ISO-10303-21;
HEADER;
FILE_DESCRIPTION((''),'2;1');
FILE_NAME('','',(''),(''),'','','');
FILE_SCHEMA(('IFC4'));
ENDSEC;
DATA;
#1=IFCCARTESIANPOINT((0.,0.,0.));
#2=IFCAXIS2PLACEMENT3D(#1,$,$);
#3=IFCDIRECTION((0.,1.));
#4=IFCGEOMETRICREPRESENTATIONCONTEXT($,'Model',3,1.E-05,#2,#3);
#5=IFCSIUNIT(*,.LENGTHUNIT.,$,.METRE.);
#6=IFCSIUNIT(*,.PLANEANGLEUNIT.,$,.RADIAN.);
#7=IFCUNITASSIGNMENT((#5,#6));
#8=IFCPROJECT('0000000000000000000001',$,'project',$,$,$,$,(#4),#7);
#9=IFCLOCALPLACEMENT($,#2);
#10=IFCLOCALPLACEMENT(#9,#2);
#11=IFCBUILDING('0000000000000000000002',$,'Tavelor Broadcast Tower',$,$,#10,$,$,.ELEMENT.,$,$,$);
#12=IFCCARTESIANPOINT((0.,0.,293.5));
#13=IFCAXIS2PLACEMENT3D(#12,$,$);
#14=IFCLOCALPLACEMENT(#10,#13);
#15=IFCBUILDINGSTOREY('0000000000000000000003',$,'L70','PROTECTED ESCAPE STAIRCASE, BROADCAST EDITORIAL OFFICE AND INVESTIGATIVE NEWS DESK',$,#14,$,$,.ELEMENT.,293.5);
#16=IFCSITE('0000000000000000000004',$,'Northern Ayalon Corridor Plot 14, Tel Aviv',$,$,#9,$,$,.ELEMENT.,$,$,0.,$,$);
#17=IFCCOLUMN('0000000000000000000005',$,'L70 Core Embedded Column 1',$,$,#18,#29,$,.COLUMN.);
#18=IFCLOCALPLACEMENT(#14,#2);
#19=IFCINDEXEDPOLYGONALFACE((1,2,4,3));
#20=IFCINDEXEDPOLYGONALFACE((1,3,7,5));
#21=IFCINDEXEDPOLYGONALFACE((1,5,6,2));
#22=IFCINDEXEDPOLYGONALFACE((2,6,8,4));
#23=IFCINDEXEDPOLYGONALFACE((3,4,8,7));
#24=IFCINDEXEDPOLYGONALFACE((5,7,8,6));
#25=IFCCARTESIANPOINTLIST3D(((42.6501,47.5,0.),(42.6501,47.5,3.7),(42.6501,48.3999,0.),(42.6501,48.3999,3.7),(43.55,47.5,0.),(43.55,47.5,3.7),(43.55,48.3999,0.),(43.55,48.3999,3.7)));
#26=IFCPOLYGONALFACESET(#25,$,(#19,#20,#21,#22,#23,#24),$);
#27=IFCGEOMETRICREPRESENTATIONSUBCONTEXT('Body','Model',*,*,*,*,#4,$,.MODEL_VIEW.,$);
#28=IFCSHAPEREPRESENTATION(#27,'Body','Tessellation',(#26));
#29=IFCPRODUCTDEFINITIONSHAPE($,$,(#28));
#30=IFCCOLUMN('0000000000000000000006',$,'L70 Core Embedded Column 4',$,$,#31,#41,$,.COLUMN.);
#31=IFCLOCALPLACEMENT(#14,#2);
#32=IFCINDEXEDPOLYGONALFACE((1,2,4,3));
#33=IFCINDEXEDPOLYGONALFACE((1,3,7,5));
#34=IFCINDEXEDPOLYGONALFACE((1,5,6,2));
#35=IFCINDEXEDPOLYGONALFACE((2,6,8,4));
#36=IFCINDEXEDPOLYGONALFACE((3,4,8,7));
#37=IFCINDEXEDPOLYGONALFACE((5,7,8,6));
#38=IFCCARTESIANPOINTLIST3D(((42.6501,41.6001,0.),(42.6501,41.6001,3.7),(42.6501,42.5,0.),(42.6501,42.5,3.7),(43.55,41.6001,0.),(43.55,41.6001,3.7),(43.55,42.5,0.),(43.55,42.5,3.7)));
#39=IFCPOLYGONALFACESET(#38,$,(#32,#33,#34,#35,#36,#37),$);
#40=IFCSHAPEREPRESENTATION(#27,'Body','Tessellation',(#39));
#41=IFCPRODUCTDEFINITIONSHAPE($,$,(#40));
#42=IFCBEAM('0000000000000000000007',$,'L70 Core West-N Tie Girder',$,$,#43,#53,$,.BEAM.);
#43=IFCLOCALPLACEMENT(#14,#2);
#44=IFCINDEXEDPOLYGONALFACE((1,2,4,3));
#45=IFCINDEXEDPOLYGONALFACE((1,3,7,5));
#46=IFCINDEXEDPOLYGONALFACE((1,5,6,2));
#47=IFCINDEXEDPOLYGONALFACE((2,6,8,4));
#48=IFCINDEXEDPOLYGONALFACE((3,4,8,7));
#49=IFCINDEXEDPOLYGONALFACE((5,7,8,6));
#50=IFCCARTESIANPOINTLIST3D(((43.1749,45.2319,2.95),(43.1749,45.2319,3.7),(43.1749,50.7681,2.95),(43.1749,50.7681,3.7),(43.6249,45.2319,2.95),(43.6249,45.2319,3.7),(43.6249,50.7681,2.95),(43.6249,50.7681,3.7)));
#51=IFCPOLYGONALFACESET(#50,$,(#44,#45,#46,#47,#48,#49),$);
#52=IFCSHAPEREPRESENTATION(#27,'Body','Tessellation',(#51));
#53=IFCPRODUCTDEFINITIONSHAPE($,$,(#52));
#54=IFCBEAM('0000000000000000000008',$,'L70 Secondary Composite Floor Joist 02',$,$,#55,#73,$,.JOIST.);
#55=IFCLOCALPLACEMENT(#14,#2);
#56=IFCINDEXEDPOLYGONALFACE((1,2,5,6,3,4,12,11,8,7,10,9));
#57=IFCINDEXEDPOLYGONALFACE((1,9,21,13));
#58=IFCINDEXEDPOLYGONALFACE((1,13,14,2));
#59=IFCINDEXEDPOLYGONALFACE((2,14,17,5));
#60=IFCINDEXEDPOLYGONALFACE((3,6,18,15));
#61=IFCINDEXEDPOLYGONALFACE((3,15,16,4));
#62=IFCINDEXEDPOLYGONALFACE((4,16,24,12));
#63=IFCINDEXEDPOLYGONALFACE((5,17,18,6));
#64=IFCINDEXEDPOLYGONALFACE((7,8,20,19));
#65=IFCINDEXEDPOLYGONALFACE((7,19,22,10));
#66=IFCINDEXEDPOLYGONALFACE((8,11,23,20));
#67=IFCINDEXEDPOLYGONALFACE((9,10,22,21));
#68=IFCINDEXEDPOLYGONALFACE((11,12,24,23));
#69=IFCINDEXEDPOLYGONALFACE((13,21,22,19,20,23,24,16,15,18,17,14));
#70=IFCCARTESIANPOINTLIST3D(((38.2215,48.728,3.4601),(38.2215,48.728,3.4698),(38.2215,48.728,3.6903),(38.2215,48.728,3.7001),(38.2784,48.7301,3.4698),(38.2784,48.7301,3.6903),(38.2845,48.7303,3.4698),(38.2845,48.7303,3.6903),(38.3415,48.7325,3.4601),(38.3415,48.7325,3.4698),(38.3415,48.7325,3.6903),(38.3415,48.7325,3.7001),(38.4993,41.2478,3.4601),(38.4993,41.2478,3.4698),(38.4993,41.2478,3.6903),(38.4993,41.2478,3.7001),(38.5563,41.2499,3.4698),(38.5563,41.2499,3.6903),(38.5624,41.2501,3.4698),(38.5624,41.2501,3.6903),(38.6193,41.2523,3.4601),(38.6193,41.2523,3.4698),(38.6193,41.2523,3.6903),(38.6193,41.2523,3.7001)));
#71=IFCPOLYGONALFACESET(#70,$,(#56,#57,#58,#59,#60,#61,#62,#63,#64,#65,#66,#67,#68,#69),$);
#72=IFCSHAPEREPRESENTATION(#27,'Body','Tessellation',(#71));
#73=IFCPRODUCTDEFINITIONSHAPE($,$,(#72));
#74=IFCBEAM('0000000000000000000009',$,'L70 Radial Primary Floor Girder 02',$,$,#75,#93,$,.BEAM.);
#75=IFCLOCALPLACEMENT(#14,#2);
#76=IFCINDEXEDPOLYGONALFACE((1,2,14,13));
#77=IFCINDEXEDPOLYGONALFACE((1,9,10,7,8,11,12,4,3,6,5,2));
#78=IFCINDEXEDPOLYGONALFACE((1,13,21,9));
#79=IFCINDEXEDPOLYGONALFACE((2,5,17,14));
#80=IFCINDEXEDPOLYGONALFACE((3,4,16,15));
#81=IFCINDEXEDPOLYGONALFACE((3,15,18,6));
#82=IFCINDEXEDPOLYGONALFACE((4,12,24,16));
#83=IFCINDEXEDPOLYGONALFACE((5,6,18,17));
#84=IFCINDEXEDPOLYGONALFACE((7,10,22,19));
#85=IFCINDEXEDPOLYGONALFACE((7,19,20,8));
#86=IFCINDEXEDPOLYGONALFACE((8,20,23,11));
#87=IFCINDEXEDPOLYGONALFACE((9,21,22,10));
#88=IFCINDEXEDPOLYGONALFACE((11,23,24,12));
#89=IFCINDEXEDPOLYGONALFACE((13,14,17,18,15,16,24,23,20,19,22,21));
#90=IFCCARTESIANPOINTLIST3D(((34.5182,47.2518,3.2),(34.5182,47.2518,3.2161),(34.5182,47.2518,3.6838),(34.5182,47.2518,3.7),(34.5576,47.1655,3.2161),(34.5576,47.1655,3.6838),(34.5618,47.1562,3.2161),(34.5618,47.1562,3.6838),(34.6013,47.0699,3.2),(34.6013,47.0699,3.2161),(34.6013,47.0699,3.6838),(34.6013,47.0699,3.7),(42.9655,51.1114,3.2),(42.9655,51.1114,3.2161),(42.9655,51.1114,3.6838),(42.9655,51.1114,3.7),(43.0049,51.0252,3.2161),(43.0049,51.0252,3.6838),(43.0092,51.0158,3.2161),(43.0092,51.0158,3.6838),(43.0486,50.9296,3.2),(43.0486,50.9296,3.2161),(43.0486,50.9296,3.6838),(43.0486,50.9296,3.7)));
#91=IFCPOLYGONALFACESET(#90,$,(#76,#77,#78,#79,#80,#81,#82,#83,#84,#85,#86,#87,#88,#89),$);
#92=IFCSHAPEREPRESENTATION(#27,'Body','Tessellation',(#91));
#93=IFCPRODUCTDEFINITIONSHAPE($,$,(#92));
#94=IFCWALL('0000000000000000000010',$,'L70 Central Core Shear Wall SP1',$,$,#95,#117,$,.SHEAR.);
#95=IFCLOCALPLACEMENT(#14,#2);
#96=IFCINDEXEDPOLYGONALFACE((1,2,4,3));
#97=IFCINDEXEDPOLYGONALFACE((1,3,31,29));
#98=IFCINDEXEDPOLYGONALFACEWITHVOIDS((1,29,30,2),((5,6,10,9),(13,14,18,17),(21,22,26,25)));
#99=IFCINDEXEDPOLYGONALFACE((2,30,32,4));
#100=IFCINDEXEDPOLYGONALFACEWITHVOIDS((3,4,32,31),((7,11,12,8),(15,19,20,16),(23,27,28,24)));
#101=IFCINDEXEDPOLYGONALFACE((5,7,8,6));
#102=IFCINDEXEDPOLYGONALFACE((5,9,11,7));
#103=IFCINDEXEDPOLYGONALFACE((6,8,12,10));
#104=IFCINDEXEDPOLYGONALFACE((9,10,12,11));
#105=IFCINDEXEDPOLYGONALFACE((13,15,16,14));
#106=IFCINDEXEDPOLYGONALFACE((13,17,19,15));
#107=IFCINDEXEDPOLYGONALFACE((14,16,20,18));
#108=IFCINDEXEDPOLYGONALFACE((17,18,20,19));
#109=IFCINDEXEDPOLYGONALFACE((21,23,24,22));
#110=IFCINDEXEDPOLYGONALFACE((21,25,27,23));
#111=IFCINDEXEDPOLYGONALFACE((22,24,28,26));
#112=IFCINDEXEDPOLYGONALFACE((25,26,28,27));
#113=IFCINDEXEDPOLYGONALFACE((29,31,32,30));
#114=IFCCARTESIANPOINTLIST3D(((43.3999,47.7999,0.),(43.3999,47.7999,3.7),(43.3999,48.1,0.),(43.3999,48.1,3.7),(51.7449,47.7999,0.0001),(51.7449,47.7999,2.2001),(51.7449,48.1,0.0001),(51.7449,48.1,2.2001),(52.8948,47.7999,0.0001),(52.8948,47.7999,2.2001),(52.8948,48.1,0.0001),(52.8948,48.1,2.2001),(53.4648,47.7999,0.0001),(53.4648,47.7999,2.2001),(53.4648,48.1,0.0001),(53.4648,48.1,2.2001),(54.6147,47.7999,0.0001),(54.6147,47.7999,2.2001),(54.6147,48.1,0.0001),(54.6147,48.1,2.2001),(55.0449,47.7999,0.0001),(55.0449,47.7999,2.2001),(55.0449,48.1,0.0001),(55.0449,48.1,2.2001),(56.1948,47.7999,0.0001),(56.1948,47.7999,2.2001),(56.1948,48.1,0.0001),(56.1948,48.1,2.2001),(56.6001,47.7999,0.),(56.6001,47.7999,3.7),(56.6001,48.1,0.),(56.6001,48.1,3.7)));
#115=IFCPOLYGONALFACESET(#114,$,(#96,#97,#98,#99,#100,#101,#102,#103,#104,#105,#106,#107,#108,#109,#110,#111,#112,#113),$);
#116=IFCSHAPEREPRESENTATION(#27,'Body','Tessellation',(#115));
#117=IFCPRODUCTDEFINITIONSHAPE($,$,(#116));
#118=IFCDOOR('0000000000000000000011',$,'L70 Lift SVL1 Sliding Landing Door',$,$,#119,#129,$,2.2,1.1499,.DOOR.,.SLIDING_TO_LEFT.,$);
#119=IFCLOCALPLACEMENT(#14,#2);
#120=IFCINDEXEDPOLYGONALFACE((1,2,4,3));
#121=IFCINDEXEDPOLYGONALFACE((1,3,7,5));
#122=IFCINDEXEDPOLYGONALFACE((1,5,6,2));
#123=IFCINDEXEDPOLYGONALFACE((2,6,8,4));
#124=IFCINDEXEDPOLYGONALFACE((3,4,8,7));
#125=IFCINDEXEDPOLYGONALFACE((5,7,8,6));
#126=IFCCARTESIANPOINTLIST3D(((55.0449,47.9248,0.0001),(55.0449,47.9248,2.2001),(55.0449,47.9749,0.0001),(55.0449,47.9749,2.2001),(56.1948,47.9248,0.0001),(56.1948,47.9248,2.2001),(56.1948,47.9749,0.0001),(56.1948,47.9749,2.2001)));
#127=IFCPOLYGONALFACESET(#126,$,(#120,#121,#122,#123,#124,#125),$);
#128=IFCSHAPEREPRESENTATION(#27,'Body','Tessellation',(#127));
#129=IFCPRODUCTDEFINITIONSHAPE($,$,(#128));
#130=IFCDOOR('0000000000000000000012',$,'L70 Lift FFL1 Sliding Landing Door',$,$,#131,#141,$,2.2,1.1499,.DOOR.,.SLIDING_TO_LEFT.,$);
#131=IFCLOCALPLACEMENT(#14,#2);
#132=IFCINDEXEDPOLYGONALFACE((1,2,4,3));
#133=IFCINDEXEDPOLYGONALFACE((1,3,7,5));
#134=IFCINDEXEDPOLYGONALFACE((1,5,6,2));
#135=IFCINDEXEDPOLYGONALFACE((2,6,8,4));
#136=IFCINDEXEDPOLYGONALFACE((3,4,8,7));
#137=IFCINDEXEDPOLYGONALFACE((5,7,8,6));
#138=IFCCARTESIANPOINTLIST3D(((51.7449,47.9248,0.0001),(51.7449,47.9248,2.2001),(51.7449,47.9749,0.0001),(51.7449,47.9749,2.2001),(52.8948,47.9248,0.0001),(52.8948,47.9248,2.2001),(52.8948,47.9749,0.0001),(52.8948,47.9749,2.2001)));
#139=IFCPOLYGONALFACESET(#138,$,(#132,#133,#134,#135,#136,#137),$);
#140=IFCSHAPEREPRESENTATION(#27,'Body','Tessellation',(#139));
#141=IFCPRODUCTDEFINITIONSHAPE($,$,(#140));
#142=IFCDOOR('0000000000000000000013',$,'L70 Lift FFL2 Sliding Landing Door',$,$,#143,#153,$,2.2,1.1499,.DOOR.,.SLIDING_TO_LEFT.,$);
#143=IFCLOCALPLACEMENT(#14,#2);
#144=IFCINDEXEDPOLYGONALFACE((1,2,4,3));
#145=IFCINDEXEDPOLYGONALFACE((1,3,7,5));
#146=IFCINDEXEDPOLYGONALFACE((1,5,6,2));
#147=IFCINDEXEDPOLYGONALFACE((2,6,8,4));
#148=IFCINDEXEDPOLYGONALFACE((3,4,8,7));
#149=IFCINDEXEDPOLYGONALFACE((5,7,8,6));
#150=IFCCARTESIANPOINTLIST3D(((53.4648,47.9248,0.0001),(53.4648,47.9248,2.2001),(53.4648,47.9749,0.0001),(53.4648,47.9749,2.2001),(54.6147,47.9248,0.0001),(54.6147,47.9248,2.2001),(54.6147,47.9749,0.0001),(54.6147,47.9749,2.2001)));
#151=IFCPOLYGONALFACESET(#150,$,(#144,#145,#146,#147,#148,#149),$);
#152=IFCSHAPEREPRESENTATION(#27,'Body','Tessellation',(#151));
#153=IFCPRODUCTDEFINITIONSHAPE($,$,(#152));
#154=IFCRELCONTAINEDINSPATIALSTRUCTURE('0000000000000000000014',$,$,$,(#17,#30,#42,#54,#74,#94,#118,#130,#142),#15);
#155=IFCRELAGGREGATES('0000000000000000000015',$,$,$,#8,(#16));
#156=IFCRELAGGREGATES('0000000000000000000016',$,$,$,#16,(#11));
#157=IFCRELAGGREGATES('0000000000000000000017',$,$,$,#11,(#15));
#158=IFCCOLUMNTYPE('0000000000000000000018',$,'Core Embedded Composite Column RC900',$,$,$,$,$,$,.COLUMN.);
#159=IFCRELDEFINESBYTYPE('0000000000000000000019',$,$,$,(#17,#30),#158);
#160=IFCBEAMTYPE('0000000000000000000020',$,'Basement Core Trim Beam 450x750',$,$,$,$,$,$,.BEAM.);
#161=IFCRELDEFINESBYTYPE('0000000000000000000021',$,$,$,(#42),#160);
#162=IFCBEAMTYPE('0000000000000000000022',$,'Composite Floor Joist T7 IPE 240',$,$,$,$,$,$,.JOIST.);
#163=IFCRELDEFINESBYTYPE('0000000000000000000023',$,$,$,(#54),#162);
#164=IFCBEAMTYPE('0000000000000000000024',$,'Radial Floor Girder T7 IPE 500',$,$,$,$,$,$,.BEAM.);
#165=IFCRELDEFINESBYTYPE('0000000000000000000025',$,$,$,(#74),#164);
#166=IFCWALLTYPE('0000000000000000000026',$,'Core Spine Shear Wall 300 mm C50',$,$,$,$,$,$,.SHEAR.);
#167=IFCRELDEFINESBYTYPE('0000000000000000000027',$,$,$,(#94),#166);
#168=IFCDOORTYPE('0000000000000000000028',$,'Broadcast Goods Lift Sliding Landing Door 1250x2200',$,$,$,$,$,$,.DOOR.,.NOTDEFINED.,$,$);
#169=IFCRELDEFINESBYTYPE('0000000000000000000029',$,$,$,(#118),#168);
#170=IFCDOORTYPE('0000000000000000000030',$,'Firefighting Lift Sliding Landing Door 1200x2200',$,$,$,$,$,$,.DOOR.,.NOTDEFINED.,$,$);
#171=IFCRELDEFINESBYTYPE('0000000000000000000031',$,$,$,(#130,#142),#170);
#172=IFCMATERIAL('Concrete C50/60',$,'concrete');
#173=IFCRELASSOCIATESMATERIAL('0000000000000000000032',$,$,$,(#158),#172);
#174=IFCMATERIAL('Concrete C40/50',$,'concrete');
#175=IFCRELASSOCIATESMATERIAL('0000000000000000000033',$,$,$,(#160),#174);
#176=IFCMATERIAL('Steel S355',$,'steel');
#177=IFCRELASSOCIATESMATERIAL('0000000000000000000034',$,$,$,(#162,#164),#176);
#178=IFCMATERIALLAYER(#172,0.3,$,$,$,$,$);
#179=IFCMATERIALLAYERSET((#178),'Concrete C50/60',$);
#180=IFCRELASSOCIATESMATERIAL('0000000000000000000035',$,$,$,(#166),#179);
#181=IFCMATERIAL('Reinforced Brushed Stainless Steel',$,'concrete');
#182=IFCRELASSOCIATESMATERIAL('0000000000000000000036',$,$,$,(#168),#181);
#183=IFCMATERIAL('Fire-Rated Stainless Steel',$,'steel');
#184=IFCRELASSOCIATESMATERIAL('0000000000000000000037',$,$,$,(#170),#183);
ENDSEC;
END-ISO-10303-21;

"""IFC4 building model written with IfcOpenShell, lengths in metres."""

from ifc_helpers import new_model, si_unit, direction, frame, frame_2d, origin, origin_2d, place, context, subcontext, project, spatial, rectangle, i_section, extrude, material, layer, layer_set, material_profile, profile_set, type_object, element, fill, save


model = new_model("IFC4")

# Units and contexts
model_context = context("Model", 3, precision=1e-05, world=origin(), true_north=direction((0.0, 1.0)))
body_context = subcontext(model_context, "Body", "Model", "MODEL_VIEW")
ifc_project = project(units=[si_unit("LENGTHUNIT", "METRE"), si_unit("PLANEANGLEUNIT", "RADIAN")], contexts=[model_context])

# Site, building, storey
site_placement = place(None, origin())
site = spatial("IfcSite", under=ifc_project, at=site_placement, Name="Northern Ayalon Corridor Plot 14, Tel Aviv", CompositionType="ELEMENT", RefElevation=0.0)
building_placement = place(site_placement, origin())
building = spatial("IfcBuilding", under=site, at=building_placement, Name="Tavelor Broadcast Tower", CompositionType="ELEMENT")
storey_placement = place(building_placement, frame((0.0, 0.0, 293.5)))
storey = spatial("IfcBuildingStorey", under=building, at=storey_placement, Name="L70", Description="PROTECTED ESCAPE STAIRCASE, BROADCAST EDITORIAL OFFICE AND INVESTIGATIVE NEWS DESK", CompositionType="ELEMENT", Elevation=293.5)

# Columns
ifc_material_1 = material(Name="Concrete C50/60", Category="concrete")
ifc_material_profile_1 = material_profile(ifc_material_1, rectangle(XDim=0.8999, YDim=0.8999, at=origin_2d()), Name="RC 900x900")
ifc_profile_set_1 = profile_set([ifc_material_profile_1], Name="Concrete C50/60")
column_type = type_object("IfcColumnType", Name="Core Embedded Composite Column RC900", PredefinedType="COLUMN", material=ifc_profile_set_1)
for number, where, z_axis, x_axis, name in (
    (1, (43.1001, 47.95, 0.0), (0.0, 0.0, 1.0), (1.0, 0.0, 0.0), "L70 Core Embedded Column 1"),
    (2, (43.1001, 42.05, 0.0), (0.0, 0.0, 1.0), (1.0, 0.0, 0.0), "L70 Core Embedded Column 4"),
):
    element("IfcColumn", number, at=place(storey_placement, frame(where, z_axis=z_axis, x_axis=x_axis)), inside=storey, type_object=column_type, Name=name, PredefinedType="COLUMN", context=body_context, shape_type="SweptSolid", body=[
        extrude(rectangle(XDim=0.8999, YDim=0.8999, at=origin_2d()), origin(), (0.0, 0.0, 1.0), 3.7),
    ])

# Beams
ifc_material_2 = material(Name="Concrete C40/50", Category="concrete")
ifc_material_profile_2 = material_profile(ifc_material_2, rectangle(XDim=0.45, YDim=0.75, at=origin_2d()), Name="RC 450x750")
ifc_profile_set_2 = profile_set([ifc_material_profile_2], Name="Concrete C40/50")
beam_type_1 = type_object("IfcBeamType", Name="Basement Core Trim Beam 450x750", PredefinedType="BEAM", material=ifc_profile_set_2)
beam_1_placement = place(storey_placement, frame((43.3999, 45.2319, 3.325), z_axis=(0.0, 1.0, 0.0), x_axis=(-1.0, 0.0, 0.0)))
element("IfcBeam", 3, at=beam_1_placement, inside=storey, type_object=beam_type_1, Name="L70 Core West-N Tie Girder", PredefinedType="BEAM", context=body_context, shape_type="SweptSolid", body=[
    extrude(rectangle(XDim=0.45, YDim=0.75, at=origin_2d()), origin(), (0.0, 0.0, 1.0), 5.5361),
])
ifc_material_3 = material(Name="Steel S355", Category="steel")
ifc_material_profile_3 = material_profile(ifc_material_3, i_section(OverallWidth=0.1201, OverallDepth=0.24, WebThickness=0.0061, FlangeThickness=0.0098, at=origin_2d()), Name="IPE 240")
ifc_profile_set_3 = profile_set([ifc_material_profile_3], Name="Steel S355")
beam_type_2 = type_object("IfcBeamType", Name="Composite Floor Joist T7 IPE 240", PredefinedType="JOIST", material=ifc_profile_set_3)
beam_2_placement = place(storey_placement, frame((38.2815, 48.7302, 3.5801), z_axis=(0.037117, -0.999311, 0.0), x_axis=(0.999311, 0.037117, 0.0)))
element("IfcBeam", 4, at=beam_2_placement, inside=storey, type_object=beam_type_2, Name="L70 Secondary Composite Floor Joist 02", PredefinedType="JOIST", context=body_context, shape_type="SweptSolid", body=[
    extrude(i_section(OverallWidth=0.1201, OverallDepth=0.24, WebThickness=0.0061, FlangeThickness=0.0098, at=origin_2d()), origin(), (0.0, 0.0, 1.0), 7.4854),
])
ifc_material_profile_4 = material_profile(ifc_material_3, i_section(OverallWidth=0.2, OverallDepth=0.5, WebThickness=0.0103, FlangeThickness=0.0161, at=origin_2d()), Name="IPE 500")
ifc_profile_set_4 = profile_set([ifc_material_profile_4], Name="Steel S355")
beam_type_3 = type_object("IfcBeamType", Name="Radial Floor Girder T7 IPE 500", PredefinedType="BEAM", material=ifc_profile_set_4)
beam_3_placement = place(storey_placement, frame((43.0071, 51.0205, 3.45), z_axis=(-0.909555, -0.415583, 0.0), x_axis=(0.415583, -0.909555, 0.0)))
element("IfcBeam", 5, at=beam_3_placement, inside=storey, type_object=beam_type_3, Name="L70 Radial Primary Floor Girder 02", PredefinedType="BEAM", context=body_context, shape_type="SweptSolid", body=[
    extrude(i_section(OverallWidth=0.2, OverallDepth=0.5, WebThickness=0.0103, FlangeThickness=0.0161, at=origin_2d()), origin(), (0.0, 0.0, 1.0), 9.2874),
])

# Wall, openings, doors
ifc_layer_1 = layer(ifc_material_1, 0.3)
ifc_layer_set_1 = layer_set([ifc_layer_1], Name="Concrete C50/60")
wall_type_1 = type_object("IfcWallType", Name="Core Spine Shear Wall 300 mm C50", PredefinedType="SHEAR", material=ifc_layer_set_1)
wall_1_placement = place(storey_placement, frame((43.3999, 47.95, 0.0), z_axis=(0.0, 0.0, 1.0), x_axis=(1.0, 0.0, 0.0)))
wall_1 = element("IfcWall", 6, at=wall_1_placement, inside=storey, type_object=wall_type_1, Name="L70 Central Core Shear Wall SP1", PredefinedType="SHEAR", context=body_context, shape_type="SweptSolid", body=[
    extrude(rectangle(XDim=13.2002, YDim=0.3, at=frame_2d((6.6001, 0.0))), origin(), (0.0, 0.0, 1.0), 3.7),
])
opening_1_placement = place(wall_1_placement, frame((8.345, 0.0, 0.0)))
opening_1 = element("IfcOpeningElement", 7, at=opening_1_placement, cuts=wall_1, PredefinedType="OPENING", context=body_context, shape_type="SweptSolid", body=[
    extrude(rectangle(XDim=1.1499, YDim=2.2, at=frame_2d((0.575, 1.1001))), frame((0.0, 0.1602, 0.0), z_axis=(0.0, -1.0, 0.0), x_axis=(1.0, 0.0, 0.0)), (0.0, 0.0, 1.0), 0.3201),
])
opening_2_placement = place(wall_1_placement, frame((10.0649, 0.0, 0.0)))
opening_2 = element("IfcOpeningElement", 8, at=opening_2_placement, cuts=wall_1, PredefinedType="OPENING", context=body_context, shape_type="SweptSolid", body=[
    extrude(rectangle(XDim=1.1499, YDim=2.2, at=frame_2d((0.575, 1.1001))), frame((0.0, 0.1602, 0.0), z_axis=(0.0, -1.0, 0.0), x_axis=(1.0, 0.0, 0.0)), (0.0, 0.0, 1.0), 0.3201),
])
opening_3_placement = place(wall_1_placement, frame((11.645, 0.0, 0.0)))
opening_3 = element("IfcOpeningElement", 9, at=opening_3_placement, cuts=wall_1, PredefinedType="OPENING", context=body_context, shape_type="SweptSolid", body=[
    extrude(rectangle(XDim=1.1499, YDim=2.2, at=frame_2d((0.575, 1.1001))), frame((0.0, 0.1602, 0.0), z_axis=(0.0, -1.0, 0.0), x_axis=(1.0, 0.0, 0.0)), (0.0, 0.0, 1.0), 0.3201),
])
ifc_material_4 = material(Name="Reinforced Brushed Stainless Steel", Category="concrete")
door_type_1 = type_object("IfcDoorType", Name="Broadcast Goods Lift Sliding Landing Door 1250x2200", OperationType="NOTDEFINED", PredefinedType="DOOR", material=ifc_material_4)
door_1_placement = place(opening_3_placement, origin())
door_1 = element("IfcDoor", 10, at=door_1_placement, inside=storey, type_object=door_type_1, Name="L70 Lift SVL1 Sliding Landing Door", OperationType="SLIDING_TO_LEFT", OverallHeight=2.2, OverallWidth=1.1499, PredefinedType="DOOR", context=body_context, shape_type="SweptSolid", body=[
    extrude(rectangle(XDim=1.1499, YDim=2.2, at=frame_2d((0.575, 1.1001))), frame((0.0, 0.0249, 0.0), z_axis=(0.0, -1.0, 0.0), x_axis=(1.0, 0.0, 0.0)), (0.0, 0.0, 1.0), 0.05),
])
fill(opening_3, door_1)
ifc_material_5 = material(Name="Fire-Rated Stainless Steel", Category="steel")
door_type_2 = type_object("IfcDoorType", Name="Firefighting Lift Sliding Landing Door 1200x2200", OperationType="NOTDEFINED", PredefinedType="DOOR", material=ifc_material_5)
door_2_placement = place(opening_1_placement, origin())
door_2 = element("IfcDoor", 11, at=door_2_placement, inside=storey, type_object=door_type_2, Name="L70 Lift FFL1 Sliding Landing Door", OperationType="SLIDING_TO_LEFT", OverallHeight=2.2, OverallWidth=1.1499, PredefinedType="DOOR", context=body_context, shape_type="SweptSolid", body=[
    extrude(rectangle(XDim=1.1499, YDim=2.2, at=frame_2d((0.575, 1.1001))), frame((0.0, 0.0249, 0.0), z_axis=(0.0, -1.0, 0.0), x_axis=(1.0, 0.0, 0.0)), (0.0, 0.0, 1.0), 0.05),
])
fill(opening_1, door_2)
door_3_placement = place(opening_2_placement, origin())
door_3 = element("IfcDoor", 12, at=door_3_placement, inside=storey, type_object=door_type_2, Name="L70 Lift FFL2 Sliding Landing Door", OperationType="SLIDING_TO_LEFT", OverallHeight=2.2, OverallWidth=1.1499, PredefinedType="DOOR", context=body_context, shape_type="SweptSolid", body=[
    extrude(rectangle(XDim=1.1499, YDim=2.2, at=frame_2d((0.575, 1.1001))), frame((0.0, 0.0249, 0.0), z_axis=(0.0, -1.0, 0.0), x_axis=(1.0, 0.0, 0.0)), (0.0, 0.0, 1.0), 0.05),
])
fill(opening_2, door_3)

save(model, "model.ifc")
